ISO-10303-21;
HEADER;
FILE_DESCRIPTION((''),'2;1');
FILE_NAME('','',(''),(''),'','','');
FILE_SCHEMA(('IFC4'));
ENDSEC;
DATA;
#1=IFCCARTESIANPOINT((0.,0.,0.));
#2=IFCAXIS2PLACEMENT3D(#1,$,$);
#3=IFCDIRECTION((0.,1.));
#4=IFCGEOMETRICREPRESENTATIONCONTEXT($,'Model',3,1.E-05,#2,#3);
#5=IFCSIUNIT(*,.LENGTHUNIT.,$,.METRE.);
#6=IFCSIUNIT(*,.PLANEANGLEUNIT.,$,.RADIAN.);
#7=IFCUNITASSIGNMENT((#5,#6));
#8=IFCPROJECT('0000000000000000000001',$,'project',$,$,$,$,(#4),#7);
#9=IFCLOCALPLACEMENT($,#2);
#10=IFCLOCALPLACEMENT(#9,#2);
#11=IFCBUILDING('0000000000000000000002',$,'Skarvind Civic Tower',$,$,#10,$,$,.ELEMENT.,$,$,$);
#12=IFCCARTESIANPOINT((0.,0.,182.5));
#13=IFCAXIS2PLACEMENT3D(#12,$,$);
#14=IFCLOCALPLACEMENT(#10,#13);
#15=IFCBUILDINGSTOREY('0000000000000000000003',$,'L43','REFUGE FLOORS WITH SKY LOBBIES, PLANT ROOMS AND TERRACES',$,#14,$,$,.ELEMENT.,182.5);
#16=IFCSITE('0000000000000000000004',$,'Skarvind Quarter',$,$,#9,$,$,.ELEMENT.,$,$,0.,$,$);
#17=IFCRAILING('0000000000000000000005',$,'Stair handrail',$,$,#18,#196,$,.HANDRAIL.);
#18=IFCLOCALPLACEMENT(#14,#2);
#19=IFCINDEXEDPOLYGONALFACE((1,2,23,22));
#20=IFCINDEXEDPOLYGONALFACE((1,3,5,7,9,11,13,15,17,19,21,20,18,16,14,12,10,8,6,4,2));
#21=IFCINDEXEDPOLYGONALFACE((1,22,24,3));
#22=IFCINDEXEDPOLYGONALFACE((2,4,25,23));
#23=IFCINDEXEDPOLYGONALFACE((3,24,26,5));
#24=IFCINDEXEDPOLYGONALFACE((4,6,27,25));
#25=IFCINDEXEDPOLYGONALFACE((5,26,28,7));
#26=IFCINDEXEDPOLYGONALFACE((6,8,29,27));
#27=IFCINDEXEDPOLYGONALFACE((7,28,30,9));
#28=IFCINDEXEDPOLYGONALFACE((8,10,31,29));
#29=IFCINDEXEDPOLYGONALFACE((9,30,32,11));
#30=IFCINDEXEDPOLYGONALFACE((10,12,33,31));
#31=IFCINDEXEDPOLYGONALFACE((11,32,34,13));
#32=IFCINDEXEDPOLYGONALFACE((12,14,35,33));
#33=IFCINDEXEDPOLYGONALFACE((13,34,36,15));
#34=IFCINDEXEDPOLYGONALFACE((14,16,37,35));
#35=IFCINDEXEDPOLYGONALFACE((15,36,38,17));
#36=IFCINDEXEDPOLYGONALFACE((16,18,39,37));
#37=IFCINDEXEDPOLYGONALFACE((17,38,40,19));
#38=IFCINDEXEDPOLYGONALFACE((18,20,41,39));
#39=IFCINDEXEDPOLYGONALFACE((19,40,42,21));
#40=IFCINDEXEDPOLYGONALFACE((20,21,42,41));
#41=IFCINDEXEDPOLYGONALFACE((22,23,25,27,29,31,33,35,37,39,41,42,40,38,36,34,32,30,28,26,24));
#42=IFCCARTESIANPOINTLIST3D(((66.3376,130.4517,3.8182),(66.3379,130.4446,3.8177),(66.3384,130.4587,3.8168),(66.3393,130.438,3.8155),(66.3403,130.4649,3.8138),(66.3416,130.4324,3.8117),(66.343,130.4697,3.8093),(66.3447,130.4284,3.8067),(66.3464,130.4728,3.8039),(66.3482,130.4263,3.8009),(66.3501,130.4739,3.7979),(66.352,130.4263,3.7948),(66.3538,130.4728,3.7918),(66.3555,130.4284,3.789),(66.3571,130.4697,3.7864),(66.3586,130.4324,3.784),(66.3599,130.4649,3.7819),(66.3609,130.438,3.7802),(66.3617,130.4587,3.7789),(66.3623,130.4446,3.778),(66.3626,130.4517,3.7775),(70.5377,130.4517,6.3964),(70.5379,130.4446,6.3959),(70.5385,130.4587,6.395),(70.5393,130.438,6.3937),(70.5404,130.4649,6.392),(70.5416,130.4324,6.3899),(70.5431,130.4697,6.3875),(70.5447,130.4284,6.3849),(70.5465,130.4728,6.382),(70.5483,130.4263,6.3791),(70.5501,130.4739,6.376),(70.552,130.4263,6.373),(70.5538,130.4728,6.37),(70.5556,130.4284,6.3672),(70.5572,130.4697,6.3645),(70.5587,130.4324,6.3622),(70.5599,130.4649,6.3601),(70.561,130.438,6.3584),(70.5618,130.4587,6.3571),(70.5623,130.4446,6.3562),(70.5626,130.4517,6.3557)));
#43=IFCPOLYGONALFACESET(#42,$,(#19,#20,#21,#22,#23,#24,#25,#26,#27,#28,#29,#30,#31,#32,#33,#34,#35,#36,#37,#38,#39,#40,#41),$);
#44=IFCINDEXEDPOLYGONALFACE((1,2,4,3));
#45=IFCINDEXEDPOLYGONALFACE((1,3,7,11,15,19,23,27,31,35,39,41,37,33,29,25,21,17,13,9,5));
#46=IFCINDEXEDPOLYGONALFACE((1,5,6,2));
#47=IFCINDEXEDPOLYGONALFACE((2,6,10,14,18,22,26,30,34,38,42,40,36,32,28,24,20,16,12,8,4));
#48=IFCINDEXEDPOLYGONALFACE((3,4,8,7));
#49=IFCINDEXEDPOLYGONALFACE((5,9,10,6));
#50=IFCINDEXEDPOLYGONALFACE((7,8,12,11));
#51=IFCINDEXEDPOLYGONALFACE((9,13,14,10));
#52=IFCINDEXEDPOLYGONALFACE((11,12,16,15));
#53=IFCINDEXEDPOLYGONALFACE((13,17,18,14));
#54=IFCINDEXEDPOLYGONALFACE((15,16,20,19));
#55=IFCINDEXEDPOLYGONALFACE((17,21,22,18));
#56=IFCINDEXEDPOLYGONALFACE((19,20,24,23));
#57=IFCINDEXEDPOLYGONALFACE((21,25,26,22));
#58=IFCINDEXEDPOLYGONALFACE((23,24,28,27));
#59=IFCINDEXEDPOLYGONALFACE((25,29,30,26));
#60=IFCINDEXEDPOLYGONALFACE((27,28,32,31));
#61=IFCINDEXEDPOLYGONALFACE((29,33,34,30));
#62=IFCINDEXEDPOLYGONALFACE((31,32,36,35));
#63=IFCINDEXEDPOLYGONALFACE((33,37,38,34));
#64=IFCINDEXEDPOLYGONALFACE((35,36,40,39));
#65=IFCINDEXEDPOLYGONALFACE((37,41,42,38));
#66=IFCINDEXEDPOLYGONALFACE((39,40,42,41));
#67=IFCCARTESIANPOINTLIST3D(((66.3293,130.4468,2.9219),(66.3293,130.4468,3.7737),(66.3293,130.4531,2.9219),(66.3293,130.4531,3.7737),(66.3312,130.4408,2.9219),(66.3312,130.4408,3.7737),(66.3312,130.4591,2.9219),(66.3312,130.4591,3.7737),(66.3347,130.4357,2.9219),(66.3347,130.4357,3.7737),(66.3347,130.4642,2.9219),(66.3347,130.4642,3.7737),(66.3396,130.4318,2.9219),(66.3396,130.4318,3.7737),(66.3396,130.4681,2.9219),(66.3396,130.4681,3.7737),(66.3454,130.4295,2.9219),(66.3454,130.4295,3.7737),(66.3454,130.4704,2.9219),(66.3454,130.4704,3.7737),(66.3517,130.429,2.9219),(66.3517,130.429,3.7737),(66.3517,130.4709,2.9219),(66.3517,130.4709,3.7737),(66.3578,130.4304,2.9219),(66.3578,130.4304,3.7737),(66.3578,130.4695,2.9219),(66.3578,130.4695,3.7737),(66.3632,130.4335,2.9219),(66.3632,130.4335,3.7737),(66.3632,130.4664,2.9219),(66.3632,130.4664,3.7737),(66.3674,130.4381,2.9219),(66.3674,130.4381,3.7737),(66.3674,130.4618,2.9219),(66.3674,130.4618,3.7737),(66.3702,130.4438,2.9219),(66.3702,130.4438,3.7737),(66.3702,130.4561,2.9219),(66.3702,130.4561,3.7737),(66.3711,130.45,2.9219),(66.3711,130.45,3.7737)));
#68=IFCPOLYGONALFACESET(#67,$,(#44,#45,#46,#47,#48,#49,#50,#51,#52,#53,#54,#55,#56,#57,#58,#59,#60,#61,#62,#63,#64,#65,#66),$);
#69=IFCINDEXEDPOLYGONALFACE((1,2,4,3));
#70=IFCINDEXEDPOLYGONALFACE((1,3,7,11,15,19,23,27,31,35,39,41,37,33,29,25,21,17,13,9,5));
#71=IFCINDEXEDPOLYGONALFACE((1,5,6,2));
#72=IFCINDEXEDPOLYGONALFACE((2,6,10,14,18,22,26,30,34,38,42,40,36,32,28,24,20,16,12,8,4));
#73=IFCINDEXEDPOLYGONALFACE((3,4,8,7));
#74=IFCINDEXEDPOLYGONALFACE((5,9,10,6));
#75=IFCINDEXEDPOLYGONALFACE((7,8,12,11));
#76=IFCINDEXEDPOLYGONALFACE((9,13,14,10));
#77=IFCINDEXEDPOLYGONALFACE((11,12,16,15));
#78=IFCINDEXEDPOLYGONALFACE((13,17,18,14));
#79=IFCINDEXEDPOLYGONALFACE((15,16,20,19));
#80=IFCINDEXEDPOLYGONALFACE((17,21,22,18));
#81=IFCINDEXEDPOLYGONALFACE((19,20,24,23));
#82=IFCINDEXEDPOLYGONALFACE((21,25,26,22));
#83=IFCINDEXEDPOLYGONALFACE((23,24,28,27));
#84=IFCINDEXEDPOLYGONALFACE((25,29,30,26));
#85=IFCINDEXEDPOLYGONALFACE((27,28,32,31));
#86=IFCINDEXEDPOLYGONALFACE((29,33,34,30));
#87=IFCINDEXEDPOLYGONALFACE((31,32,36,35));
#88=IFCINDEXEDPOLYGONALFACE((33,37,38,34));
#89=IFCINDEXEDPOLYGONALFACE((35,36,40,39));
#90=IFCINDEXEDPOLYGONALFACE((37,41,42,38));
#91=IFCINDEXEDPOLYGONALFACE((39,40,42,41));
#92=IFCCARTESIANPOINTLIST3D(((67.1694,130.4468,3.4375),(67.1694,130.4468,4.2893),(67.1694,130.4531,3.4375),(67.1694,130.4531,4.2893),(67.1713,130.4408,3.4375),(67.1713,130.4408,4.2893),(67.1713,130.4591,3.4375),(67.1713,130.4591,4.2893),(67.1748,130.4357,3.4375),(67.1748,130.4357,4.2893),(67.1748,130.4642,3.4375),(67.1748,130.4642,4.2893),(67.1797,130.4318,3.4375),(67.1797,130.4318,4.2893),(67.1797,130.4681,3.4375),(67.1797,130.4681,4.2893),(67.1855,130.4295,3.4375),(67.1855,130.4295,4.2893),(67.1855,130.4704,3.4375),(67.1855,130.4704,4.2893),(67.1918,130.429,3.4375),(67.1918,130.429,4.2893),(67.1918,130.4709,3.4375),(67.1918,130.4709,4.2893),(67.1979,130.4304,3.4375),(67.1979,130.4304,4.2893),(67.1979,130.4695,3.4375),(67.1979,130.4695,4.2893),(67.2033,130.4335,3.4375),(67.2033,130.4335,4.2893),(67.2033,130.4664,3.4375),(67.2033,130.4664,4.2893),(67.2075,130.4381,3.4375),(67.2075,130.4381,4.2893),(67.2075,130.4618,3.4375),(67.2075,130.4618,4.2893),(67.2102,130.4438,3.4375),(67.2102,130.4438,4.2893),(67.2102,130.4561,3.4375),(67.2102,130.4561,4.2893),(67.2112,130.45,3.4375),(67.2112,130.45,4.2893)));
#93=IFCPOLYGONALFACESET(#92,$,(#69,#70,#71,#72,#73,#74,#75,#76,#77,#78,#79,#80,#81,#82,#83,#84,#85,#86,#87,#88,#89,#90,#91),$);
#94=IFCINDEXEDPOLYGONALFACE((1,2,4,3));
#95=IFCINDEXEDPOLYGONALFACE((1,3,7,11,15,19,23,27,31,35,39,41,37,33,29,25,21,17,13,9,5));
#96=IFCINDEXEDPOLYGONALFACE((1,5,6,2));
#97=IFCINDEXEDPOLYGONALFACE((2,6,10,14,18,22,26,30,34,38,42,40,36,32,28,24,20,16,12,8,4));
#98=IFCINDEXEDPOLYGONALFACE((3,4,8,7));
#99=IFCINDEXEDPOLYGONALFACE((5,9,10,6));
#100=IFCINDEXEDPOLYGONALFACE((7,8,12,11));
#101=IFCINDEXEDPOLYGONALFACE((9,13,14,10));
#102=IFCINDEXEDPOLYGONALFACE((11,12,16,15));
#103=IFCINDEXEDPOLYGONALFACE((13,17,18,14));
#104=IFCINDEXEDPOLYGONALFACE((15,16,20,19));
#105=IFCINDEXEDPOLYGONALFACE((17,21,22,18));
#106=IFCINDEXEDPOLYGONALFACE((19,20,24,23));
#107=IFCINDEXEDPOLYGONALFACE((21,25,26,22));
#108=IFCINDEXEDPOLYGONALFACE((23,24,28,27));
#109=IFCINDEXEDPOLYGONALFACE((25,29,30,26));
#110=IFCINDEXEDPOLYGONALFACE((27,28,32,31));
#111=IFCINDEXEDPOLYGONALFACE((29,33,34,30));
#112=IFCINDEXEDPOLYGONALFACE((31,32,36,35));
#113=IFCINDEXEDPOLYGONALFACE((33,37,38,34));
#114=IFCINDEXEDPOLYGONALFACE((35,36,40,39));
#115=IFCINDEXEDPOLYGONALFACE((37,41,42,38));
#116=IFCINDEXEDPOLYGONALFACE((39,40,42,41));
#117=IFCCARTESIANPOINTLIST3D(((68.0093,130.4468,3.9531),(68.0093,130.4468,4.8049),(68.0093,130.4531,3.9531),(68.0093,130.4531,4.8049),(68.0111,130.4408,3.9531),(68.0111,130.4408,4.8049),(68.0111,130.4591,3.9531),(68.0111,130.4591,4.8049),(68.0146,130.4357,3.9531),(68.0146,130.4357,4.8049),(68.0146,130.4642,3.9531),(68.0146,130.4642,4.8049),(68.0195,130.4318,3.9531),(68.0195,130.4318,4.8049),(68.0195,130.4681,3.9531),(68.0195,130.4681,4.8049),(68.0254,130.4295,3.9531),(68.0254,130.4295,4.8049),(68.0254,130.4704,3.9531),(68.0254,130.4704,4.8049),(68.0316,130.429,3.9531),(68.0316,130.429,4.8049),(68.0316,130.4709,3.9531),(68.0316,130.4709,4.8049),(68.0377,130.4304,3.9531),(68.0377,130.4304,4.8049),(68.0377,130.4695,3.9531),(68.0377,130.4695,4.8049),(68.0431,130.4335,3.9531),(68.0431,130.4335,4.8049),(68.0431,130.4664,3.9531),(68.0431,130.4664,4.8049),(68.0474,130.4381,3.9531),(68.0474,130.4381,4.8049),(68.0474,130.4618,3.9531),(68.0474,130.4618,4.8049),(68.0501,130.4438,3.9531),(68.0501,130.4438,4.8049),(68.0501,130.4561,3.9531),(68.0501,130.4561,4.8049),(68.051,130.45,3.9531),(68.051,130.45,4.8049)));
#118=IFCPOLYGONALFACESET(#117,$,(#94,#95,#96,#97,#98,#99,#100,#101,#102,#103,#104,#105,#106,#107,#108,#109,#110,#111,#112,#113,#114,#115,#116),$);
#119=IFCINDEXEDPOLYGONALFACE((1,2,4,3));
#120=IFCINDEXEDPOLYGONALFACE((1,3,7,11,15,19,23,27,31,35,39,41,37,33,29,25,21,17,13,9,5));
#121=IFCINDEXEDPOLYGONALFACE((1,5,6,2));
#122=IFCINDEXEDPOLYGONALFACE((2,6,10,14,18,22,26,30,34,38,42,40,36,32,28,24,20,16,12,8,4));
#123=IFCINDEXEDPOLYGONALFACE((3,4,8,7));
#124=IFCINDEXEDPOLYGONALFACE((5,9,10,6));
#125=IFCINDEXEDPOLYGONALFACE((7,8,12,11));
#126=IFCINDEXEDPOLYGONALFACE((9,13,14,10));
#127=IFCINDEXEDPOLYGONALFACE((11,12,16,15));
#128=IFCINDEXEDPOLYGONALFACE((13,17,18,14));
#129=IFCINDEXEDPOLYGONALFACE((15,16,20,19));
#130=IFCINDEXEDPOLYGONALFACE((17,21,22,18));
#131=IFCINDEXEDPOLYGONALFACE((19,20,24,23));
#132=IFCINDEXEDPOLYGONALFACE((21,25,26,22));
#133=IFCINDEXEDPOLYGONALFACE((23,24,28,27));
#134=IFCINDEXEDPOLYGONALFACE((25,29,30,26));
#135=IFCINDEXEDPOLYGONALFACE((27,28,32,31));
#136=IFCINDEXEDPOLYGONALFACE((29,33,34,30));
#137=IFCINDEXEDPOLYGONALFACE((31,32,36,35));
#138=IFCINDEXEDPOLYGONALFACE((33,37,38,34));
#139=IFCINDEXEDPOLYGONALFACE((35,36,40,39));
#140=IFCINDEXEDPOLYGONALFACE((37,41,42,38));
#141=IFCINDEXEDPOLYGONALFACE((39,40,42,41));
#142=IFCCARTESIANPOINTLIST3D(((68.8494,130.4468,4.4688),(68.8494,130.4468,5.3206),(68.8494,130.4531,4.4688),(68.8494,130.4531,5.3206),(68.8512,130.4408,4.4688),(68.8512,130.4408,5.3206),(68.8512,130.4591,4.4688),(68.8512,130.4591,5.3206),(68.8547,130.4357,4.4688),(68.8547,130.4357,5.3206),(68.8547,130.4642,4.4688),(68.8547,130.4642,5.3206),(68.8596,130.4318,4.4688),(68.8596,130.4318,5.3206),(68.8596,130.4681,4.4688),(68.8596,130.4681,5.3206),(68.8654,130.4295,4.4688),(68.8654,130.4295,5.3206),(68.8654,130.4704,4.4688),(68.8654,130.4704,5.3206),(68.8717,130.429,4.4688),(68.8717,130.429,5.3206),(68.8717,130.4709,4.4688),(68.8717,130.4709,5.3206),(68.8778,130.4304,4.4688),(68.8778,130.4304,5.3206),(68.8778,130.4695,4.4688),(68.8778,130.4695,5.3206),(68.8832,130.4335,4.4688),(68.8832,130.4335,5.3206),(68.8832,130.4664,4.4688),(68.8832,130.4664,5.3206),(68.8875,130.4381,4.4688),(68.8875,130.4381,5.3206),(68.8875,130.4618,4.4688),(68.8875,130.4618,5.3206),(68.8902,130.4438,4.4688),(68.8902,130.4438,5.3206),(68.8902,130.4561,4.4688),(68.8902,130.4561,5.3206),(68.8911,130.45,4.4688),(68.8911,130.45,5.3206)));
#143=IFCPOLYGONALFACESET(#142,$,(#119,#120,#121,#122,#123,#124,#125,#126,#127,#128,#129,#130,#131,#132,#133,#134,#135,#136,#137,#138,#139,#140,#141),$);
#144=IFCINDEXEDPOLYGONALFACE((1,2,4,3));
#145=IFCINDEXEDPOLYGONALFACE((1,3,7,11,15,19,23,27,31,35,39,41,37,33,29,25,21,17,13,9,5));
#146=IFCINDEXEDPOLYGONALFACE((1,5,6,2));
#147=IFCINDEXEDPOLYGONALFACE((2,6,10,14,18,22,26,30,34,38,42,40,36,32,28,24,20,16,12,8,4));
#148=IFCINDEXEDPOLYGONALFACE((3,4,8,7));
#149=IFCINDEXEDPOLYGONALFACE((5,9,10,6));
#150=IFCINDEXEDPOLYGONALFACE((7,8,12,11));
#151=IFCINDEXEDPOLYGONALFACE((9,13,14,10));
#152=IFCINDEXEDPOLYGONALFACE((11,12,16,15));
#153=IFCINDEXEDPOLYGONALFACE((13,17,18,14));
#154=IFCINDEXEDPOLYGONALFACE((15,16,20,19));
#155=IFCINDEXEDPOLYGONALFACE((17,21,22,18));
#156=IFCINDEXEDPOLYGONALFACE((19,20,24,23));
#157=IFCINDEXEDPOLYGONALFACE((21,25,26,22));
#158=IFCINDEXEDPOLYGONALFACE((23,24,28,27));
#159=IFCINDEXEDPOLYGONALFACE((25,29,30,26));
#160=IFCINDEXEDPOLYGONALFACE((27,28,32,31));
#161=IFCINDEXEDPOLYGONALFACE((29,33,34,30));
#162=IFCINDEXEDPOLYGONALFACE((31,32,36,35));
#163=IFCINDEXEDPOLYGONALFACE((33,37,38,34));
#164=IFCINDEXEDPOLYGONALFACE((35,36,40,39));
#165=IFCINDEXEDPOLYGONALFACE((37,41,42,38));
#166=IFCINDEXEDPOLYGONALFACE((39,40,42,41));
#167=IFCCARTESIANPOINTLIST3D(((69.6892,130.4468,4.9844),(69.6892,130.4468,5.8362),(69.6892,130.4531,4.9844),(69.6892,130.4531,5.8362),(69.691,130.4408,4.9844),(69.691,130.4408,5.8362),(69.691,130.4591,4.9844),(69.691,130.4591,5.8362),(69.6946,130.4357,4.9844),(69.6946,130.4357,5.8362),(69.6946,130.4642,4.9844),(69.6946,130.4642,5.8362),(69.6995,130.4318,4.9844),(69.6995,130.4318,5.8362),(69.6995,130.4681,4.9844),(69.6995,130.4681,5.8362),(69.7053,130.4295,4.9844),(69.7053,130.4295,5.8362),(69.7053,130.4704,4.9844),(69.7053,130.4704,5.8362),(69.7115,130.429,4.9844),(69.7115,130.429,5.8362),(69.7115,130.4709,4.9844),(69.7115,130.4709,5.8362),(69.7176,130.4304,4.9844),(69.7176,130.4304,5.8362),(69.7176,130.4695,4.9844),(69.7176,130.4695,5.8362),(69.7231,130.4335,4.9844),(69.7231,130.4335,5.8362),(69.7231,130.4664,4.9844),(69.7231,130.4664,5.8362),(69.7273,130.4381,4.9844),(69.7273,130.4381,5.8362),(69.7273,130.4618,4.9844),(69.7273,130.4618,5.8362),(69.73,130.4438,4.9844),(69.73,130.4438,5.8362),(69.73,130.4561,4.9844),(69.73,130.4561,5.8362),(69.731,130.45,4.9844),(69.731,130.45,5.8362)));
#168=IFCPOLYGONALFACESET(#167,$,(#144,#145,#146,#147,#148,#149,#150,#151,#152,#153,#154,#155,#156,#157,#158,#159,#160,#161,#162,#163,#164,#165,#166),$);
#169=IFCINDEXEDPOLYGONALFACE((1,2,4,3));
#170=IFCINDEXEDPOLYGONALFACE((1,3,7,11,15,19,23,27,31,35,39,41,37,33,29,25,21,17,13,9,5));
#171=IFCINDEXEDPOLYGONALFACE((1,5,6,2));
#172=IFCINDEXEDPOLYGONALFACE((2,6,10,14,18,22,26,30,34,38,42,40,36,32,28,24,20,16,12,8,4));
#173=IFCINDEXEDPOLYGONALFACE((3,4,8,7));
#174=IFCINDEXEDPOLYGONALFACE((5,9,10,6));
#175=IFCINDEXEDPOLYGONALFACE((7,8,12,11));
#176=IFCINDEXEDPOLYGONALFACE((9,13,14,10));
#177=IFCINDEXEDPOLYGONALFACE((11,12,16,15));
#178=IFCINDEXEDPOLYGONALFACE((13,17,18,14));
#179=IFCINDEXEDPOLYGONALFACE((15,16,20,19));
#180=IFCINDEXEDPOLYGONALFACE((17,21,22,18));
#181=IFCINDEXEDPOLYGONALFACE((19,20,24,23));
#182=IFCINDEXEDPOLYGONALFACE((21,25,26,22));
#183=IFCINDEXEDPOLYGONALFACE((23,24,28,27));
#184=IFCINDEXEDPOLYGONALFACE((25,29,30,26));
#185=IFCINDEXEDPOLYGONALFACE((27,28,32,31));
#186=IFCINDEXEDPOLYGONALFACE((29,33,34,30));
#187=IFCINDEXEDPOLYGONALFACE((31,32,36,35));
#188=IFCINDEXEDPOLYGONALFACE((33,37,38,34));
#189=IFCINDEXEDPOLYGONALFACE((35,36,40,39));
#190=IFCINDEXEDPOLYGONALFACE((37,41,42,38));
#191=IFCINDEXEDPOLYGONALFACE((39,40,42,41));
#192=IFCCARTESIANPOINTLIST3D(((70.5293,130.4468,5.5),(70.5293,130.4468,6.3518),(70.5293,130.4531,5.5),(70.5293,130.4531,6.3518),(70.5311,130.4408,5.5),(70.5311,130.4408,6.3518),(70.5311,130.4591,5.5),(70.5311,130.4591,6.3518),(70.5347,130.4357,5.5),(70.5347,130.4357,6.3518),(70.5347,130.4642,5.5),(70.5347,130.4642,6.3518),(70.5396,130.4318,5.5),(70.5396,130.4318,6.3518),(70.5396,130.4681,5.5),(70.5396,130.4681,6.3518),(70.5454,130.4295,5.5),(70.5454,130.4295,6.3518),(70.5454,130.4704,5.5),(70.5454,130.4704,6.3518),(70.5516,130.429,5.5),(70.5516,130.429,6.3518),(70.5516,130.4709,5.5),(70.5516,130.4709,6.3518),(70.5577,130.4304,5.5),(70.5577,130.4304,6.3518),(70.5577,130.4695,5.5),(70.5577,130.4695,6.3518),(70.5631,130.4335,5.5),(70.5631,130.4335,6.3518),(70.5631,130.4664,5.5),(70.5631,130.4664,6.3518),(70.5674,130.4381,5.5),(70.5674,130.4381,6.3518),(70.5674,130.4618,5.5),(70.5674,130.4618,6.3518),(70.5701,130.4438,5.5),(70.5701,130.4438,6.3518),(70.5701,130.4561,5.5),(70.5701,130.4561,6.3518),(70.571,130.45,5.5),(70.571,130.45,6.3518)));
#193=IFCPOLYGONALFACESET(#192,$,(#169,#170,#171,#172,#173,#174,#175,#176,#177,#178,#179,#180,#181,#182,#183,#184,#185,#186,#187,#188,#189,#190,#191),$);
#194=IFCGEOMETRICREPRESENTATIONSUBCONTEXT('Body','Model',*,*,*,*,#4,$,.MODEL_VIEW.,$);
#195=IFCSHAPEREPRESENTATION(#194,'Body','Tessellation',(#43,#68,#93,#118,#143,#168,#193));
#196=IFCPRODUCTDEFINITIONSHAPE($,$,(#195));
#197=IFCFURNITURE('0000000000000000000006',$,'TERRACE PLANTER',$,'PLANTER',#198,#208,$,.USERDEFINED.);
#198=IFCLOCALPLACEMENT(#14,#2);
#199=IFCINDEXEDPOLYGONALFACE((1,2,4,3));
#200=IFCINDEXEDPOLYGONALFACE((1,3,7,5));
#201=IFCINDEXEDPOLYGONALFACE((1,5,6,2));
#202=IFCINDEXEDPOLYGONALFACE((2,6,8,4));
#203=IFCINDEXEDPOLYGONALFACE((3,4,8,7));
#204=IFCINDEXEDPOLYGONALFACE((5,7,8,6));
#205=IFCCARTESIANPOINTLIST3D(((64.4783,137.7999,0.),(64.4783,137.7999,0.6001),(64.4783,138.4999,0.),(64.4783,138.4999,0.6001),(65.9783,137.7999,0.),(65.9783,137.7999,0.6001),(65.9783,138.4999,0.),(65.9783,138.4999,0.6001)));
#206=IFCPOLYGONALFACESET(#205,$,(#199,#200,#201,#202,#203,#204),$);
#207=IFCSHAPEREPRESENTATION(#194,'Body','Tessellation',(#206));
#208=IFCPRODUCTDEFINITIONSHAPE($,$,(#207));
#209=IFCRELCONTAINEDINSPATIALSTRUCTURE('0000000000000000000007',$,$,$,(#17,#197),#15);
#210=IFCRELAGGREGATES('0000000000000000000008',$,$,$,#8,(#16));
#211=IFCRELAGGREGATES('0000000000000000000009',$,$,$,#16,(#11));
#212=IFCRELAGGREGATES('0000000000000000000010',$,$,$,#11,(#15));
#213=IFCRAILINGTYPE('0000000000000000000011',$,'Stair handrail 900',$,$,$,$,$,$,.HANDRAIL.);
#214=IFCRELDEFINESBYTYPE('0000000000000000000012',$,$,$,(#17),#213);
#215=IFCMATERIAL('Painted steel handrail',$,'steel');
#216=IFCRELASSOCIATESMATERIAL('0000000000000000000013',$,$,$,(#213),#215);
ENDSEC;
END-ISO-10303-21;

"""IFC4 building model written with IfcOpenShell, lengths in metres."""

from ifc_helpers import new_model, si_unit, direction, frame, origin, origin_2d, place, context, subcontext, project, spatial, rectangle, circle, extrude, material, type_object, element, save


model = new_model("IFC4")

# Units and contexts
model_context = context("Model", 3, precision=1e-05, world=origin(), true_north=direction((0.0, 1.0)))
body_context = subcontext(model_context, "Body", "Model", "MODEL_VIEW")
ifc_project = project(units=[si_unit("LENGTHUNIT", "METRE"), si_unit("PLANEANGLEUNIT", "RADIAN")], contexts=[model_context])

# Site, building, storey
site_placement = place(None, origin())
site = spatial("IfcSite", under=ifc_project, at=site_placement, Name="Skarvind Quarter", CompositionType="ELEMENT", RefElevation=0.0)
building_placement = place(site_placement, origin())
building = spatial("IfcBuilding", under=site, at=building_placement, Name="Skarvind Civic Tower", CompositionType="ELEMENT")
storey_placement = place(building_placement, frame((0.0, 0.0, 182.5)))
storey = spatial("IfcBuildingStorey", under=building, at=storey_placement, Name="L43", Description="REFUGE FLOORS WITH SKY LOBBIES, PLANT ROOMS AND TERRACES", CompositionType="ELEMENT", Elevation=182.5)

# Railing
ifc_material_1 = material(Name="Painted steel handrail", Category="steel")
railing_type = type_object("IfcRailingType", Name="Stair handrail 900", PredefinedType="HANDRAIL", material=ifc_material_1)
railing_1_placement = place(storey_placement, frame((66.3501, 130.45, 2.9219)))
element("IfcRailing", 1, at=railing_1_placement, inside=storey, type_object=railing_type, Name="Stair handrail", PredefinedType="HANDRAIL", context=body_context, shape_type="SweptSolid", body=[
    extrude(circle(Radius=0.0239, at=origin_2d()), frame((0.0, 0.0, 0.876), z_axis=(0.852243, 0.0, 0.523146), x_axis=(0.0, 1.0, 0.0)), (0.0, 0.0, 1.0), 4.9282),
    extrude(circle(Radius=0.021, at=origin_2d()), origin(), (0.0, 0.0, 1.0), 0.8518),
    extrude(circle(Radius=0.021, at=origin_2d()), frame((0.8401, 0.0, 0.5156)), (0.0, 0.0, 1.0), 0.8518),
    extrude(circle(Radius=0.021, at=origin_2d()), frame((1.6799, 0.0, 1.0312)), (0.0, 0.0, 1.0), 0.8518),
    extrude(circle(Radius=0.021, at=origin_2d()), frame((2.52, 0.0, 1.5469)), (0.0, 0.0, 1.0), 0.8518),
    extrude(circle(Radius=0.021, at=origin_2d()), frame((3.3599, 0.0, 2.0625)), (0.0, 0.0, 1.0), 0.8518),
    extrude(circle(Radius=0.021, at=origin_2d()), frame((4.2, 0.0, 2.5781)), (0.0, 0.0, 1.0), 0.8518),
])

# Furniture
furniture_placement = place(storey_placement, frame((65.2283, 138.1499, 0.0), z_axis=(0.0, 0.0, 1.0), x_axis=(1.0, 0.0, 0.0)))
element("IfcFurniture", 2, at=furniture_placement, inside=storey, Name="TERRACE PLANTER", ObjectType="PLANTER", PredefinedType="USERDEFINED", context=body_context, shape_type="SweptSolid", body=[
    extrude(rectangle(XDim=1.5, YDim=0.7, at=origin_2d()), origin(), (0.0, 0.0, 1.0), 0.6001),
])

save(model, "model.ifc")
